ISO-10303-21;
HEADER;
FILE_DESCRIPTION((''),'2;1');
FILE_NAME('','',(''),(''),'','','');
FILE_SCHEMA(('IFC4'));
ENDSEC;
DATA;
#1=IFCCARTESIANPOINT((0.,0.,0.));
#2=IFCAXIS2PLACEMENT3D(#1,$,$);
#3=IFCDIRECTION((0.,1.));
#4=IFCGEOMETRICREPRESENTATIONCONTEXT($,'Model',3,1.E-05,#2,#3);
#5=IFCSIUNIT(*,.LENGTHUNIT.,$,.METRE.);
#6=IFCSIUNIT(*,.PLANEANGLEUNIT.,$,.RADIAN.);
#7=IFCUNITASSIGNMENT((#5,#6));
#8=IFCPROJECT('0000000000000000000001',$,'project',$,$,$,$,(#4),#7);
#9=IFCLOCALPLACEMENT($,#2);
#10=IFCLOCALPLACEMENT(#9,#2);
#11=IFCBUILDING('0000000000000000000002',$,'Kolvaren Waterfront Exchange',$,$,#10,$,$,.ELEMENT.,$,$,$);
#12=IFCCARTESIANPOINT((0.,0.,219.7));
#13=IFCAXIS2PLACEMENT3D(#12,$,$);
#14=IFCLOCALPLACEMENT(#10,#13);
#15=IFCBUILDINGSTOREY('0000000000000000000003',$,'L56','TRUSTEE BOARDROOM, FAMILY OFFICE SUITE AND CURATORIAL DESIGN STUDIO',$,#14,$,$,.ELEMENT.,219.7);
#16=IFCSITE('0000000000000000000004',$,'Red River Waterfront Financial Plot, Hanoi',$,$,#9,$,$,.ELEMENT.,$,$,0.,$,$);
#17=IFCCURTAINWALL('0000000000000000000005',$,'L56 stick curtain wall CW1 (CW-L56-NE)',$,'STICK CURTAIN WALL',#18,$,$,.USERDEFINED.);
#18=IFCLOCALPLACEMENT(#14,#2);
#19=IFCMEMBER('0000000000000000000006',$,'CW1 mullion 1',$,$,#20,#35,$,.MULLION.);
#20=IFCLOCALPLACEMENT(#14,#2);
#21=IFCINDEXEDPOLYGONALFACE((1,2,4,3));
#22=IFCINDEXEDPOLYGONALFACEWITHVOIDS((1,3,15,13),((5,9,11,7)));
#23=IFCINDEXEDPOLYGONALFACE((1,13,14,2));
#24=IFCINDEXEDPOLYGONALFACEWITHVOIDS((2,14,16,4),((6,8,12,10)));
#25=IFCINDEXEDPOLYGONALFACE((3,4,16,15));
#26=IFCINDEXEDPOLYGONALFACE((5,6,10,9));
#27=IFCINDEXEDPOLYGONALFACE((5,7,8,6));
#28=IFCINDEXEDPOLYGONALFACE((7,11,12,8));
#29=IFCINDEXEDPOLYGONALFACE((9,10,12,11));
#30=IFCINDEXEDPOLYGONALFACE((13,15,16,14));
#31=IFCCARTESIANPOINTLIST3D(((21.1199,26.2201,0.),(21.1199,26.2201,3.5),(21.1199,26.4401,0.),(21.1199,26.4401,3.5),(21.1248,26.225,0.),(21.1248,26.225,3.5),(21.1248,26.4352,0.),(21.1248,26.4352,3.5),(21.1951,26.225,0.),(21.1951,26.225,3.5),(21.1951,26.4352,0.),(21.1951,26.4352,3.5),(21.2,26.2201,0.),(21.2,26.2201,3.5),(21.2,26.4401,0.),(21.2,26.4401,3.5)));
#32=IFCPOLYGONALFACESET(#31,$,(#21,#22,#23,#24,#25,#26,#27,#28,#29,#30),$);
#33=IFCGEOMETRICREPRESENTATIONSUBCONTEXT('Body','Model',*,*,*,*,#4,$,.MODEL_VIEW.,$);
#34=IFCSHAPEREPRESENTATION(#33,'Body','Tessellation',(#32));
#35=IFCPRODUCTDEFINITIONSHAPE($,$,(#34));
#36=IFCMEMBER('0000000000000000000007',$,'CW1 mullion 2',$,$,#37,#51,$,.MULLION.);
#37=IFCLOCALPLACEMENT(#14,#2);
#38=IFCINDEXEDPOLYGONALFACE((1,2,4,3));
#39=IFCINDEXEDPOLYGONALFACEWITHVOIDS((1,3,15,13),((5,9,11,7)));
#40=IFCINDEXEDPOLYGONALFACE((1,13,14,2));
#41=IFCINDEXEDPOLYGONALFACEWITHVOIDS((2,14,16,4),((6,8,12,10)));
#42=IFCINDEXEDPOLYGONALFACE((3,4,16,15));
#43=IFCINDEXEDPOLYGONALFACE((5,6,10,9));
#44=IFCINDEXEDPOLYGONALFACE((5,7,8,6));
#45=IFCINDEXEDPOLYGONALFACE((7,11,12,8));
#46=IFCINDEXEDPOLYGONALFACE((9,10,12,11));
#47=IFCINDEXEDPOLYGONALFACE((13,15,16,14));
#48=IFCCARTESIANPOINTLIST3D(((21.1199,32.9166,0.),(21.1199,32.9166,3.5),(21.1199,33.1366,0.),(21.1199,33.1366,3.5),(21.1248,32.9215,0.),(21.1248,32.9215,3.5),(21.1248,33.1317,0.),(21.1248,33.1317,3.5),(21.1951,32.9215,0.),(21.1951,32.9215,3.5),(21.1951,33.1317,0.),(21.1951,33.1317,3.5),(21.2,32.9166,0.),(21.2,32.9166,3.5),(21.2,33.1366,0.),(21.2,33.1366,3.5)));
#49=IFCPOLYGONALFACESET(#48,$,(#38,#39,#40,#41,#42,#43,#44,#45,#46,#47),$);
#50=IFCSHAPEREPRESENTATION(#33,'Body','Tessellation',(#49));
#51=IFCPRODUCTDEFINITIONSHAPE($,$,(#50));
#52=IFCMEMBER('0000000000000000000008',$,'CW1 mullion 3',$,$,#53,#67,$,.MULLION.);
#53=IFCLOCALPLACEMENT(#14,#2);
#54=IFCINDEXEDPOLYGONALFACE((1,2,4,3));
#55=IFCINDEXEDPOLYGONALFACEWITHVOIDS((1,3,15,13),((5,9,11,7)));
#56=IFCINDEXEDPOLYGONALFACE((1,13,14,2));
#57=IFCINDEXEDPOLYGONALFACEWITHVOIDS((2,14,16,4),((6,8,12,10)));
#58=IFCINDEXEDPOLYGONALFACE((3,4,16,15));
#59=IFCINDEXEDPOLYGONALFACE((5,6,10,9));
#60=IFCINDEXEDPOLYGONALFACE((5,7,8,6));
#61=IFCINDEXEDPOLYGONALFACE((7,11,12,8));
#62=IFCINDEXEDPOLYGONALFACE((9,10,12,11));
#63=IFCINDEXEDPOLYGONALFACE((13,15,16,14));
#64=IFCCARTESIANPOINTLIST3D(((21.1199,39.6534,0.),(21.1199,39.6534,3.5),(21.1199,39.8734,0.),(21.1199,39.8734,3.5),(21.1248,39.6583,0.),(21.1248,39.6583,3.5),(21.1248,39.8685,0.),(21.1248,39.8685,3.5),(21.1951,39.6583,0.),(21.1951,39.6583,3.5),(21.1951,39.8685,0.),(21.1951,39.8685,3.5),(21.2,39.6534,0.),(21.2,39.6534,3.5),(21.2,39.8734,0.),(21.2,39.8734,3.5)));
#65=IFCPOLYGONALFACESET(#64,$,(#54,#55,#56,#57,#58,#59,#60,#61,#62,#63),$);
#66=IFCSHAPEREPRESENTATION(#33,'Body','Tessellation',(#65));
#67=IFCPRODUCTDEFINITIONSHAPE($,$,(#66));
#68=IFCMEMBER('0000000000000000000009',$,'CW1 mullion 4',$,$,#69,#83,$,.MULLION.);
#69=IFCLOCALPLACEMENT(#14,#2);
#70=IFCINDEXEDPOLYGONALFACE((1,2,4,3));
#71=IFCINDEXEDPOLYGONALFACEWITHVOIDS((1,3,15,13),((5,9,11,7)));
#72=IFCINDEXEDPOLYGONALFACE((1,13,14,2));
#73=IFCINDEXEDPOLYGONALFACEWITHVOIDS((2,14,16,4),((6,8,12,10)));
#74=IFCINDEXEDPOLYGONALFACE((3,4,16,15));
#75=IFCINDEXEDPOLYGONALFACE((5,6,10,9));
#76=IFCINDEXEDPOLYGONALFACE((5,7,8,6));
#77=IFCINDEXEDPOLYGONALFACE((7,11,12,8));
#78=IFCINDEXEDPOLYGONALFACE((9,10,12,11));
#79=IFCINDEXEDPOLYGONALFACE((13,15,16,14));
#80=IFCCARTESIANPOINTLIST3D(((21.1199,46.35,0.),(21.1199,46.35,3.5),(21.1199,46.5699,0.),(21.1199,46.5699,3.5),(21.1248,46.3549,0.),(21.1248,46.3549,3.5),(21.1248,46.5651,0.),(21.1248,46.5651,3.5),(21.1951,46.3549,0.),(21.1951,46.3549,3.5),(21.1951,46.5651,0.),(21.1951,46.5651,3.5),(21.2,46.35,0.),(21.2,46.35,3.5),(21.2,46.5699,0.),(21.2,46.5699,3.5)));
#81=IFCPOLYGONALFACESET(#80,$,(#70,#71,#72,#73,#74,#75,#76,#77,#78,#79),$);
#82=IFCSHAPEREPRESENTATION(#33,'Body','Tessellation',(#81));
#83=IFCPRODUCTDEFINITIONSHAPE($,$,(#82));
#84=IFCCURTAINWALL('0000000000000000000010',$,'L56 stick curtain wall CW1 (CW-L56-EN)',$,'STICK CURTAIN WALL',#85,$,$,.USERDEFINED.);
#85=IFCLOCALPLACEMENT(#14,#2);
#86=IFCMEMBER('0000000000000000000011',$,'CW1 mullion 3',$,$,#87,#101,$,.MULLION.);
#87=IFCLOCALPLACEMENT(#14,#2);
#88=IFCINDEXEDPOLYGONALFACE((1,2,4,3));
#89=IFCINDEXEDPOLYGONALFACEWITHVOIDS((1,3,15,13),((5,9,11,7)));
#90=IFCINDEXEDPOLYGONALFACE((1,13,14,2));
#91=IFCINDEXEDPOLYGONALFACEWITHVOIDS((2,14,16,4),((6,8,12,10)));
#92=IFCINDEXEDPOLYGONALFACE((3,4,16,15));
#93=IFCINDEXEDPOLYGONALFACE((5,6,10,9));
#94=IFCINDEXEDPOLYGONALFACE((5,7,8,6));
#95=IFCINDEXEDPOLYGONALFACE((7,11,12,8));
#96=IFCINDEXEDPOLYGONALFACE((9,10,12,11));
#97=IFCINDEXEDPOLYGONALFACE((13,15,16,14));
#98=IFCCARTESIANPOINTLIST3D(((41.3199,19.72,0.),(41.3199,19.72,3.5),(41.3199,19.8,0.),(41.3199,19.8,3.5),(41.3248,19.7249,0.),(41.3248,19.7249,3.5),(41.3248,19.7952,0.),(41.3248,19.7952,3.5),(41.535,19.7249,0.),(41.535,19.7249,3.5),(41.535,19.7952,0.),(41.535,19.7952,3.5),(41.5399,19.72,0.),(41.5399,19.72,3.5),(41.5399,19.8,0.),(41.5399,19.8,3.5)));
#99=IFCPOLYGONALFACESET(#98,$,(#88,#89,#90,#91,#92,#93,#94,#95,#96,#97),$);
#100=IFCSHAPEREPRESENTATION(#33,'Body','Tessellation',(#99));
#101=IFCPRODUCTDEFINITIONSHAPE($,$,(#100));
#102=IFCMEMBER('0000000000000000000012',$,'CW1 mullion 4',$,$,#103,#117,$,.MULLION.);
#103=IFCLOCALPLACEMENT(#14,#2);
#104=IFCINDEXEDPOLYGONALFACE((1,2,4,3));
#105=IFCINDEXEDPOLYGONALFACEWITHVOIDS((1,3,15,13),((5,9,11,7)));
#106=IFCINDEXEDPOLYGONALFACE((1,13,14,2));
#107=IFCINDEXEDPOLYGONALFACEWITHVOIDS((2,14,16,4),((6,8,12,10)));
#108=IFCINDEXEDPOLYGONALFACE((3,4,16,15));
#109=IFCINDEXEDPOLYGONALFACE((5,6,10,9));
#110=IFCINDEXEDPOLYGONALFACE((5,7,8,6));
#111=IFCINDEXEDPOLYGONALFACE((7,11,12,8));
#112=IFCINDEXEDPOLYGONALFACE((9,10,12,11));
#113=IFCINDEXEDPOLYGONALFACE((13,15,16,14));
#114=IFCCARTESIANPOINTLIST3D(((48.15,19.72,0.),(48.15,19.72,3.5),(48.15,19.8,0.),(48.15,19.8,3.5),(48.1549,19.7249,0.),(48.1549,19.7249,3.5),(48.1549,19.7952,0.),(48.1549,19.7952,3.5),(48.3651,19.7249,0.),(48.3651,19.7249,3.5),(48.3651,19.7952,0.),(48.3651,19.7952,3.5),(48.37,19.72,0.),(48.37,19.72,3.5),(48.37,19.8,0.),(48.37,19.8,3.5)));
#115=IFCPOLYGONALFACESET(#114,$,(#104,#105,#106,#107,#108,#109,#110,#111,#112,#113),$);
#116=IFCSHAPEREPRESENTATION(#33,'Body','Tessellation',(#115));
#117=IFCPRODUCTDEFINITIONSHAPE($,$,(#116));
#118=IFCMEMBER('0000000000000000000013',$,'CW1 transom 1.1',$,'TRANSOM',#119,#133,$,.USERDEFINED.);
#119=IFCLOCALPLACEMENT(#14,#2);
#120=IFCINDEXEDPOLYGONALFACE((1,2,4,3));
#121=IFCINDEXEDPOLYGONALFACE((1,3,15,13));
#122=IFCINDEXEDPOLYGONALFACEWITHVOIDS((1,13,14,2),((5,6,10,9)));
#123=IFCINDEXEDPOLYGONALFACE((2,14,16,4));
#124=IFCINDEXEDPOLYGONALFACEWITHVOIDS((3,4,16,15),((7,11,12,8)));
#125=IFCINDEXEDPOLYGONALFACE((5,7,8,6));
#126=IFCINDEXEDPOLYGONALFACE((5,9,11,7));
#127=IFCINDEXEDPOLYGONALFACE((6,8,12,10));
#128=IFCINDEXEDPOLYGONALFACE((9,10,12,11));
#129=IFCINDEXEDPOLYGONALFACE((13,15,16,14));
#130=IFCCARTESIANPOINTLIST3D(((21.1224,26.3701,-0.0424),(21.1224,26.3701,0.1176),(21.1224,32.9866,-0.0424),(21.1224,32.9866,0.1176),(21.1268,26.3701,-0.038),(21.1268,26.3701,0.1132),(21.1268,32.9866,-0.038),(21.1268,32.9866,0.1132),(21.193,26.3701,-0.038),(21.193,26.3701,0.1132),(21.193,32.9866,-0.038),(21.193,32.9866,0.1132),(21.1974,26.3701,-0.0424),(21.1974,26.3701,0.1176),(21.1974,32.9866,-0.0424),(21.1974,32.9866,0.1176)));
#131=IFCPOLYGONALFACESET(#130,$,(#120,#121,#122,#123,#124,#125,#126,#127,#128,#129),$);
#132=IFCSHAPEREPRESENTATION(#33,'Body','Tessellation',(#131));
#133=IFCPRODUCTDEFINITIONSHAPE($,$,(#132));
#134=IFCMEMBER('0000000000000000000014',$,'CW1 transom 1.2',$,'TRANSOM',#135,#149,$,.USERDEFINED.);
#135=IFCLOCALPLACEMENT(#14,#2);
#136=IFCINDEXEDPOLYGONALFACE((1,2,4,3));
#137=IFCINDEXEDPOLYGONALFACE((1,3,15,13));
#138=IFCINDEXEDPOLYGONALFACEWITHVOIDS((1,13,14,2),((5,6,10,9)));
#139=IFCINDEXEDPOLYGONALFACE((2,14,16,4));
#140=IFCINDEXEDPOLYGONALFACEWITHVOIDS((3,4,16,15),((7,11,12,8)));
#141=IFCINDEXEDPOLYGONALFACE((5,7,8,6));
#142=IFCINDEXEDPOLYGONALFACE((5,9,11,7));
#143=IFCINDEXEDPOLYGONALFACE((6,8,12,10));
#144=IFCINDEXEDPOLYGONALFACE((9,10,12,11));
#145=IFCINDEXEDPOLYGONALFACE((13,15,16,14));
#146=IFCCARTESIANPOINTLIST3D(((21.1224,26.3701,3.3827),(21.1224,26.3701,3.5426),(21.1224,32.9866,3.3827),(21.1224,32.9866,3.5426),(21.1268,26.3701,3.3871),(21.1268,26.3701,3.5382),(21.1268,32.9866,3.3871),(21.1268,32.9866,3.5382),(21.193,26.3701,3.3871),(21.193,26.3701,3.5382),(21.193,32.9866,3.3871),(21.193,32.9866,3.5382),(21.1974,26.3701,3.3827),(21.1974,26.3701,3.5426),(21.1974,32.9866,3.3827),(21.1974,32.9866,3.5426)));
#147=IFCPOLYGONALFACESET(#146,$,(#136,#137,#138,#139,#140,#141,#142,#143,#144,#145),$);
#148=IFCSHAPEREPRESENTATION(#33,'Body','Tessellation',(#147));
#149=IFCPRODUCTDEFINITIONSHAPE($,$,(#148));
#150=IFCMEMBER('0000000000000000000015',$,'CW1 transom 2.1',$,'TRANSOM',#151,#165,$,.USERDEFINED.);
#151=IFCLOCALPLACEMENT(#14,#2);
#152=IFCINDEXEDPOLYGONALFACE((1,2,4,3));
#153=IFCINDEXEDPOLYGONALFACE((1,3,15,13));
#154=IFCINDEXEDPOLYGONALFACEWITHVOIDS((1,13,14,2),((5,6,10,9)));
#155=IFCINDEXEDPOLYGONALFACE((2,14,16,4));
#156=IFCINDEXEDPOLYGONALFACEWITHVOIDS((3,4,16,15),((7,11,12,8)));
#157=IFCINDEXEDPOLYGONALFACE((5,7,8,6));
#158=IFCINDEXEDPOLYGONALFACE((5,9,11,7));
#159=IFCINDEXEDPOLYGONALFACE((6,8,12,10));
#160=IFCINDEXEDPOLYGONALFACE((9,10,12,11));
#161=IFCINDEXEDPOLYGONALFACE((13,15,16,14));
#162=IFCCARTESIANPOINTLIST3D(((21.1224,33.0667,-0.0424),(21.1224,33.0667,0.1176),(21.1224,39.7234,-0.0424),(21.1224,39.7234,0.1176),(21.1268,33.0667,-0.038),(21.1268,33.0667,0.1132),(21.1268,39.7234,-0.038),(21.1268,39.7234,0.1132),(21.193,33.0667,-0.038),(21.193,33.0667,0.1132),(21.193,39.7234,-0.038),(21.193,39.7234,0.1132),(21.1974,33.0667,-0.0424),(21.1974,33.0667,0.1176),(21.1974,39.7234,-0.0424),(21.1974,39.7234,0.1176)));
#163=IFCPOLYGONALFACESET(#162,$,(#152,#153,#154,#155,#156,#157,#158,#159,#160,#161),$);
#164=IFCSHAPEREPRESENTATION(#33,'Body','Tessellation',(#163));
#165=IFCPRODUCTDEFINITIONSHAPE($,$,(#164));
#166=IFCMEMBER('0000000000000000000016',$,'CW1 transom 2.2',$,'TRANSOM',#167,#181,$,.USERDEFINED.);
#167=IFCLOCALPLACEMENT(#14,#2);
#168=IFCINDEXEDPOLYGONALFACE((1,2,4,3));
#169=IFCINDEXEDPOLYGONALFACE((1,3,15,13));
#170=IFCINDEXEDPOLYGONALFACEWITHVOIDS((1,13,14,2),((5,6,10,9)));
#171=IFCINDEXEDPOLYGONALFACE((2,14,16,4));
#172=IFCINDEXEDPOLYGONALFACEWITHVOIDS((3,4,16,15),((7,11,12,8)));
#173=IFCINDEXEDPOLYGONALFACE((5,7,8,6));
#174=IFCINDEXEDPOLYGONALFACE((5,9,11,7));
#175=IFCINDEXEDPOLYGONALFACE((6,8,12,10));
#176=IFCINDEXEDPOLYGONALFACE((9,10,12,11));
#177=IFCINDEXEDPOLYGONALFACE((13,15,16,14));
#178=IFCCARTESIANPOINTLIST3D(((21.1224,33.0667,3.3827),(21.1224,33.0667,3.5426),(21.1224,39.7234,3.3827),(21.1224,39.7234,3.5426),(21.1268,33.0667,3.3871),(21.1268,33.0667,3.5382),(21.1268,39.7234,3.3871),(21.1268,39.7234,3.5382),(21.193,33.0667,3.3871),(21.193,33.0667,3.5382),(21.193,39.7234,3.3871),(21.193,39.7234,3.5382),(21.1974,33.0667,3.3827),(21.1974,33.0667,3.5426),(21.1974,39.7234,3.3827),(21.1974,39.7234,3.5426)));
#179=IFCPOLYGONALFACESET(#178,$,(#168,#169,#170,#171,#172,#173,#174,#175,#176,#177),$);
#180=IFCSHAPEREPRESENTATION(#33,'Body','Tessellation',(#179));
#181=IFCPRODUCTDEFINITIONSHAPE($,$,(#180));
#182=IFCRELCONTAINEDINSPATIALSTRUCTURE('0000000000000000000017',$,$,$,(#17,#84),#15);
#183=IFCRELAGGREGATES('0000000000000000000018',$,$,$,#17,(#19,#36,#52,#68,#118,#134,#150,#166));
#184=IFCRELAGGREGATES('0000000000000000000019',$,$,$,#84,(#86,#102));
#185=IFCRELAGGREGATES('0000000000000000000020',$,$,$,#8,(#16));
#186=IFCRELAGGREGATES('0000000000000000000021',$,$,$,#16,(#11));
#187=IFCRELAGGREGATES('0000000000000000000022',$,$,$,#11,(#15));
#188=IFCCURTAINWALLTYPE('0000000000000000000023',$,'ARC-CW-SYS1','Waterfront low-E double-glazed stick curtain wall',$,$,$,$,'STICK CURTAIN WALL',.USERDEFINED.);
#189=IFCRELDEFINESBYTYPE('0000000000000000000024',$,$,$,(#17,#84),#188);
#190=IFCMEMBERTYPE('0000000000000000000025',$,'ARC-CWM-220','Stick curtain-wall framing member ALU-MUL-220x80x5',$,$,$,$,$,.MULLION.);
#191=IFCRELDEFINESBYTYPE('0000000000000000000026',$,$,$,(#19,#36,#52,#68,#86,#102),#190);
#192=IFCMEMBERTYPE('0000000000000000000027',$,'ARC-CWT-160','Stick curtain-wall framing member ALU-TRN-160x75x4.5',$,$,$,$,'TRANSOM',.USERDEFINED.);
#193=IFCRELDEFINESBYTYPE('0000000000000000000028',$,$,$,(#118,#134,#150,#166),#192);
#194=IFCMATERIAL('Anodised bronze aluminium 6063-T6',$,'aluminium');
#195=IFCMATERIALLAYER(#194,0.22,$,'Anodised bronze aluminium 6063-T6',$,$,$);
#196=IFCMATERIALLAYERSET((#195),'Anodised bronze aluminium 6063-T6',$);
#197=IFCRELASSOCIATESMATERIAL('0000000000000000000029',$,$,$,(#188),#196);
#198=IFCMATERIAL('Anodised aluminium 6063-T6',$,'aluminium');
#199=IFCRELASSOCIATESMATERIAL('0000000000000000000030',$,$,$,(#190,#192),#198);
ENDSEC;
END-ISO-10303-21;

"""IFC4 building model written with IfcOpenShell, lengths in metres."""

from ifc_helpers import new_model, si_unit, direction, frame, origin, origin_with_axes, origin_2d, place, context, subcontext, project, spatial, hollow_rectangle, extrude, source, transform, mapped, material, layer, layer_set, material_profile, profile_set, type_object, element, aggregate, save


model = new_model("IFC4")

# Units and contexts
model_context = context("Model", 3, precision=1e-05, world=origin(), true_north=direction((0.0, 1.0)))
body_context = subcontext(model_context, "Body", "Model", "MODEL_VIEW")
ifc_project = project(units=[si_unit("LENGTHUNIT", "METRE"), si_unit("PLANEANGLEUNIT", "RADIAN")], contexts=[model_context])

# Site, building, storey
site_placement = place(None, origin())
site = spatial("IfcSite", under=ifc_project, at=site_placement, Name="Red River Waterfront Financial Plot, Hanoi", CompositionType="ELEMENT", RefElevation=0.0)
building_placement = place(site_placement, origin())
building = spatial("IfcBuilding", under=site, at=building_placement, Name="Kolvaren Waterfront Exchange", CompositionType="ELEMENT")
storey_placement = place(building_placement, frame((0.0, 0.0, 219.7)))
storey = spatial("IfcBuildingStorey", under=building, at=storey_placement, Name="L56", Description="TRUSTEE BOARDROOM, FAMILY OFFICE SUITE AND CURATORIAL DESIGN STUDIO", CompositionType="ELEMENT", Elevation=219.7)

# Curtain walls, members
ifc_material_1 = material(Name="Anodised bronze aluminium 6063-T6", Category="aluminium")
ifc_layer_1 = layer(ifc_material_1, 0.22, Name="Anodised bronze aluminium 6063-T6")
ifc_layer_set_1 = layer_set([ifc_layer_1], Name="Anodised bronze aluminium 6063-T6")
curtain_wall_type = type_object("IfcCurtainWallType", Name="ARC-CW-SYS1", Description="Waterfront low-E double-glazed stick curtain wall", ElementType="STICK CURTAIN WALL", PredefinedType="USERDEFINED", material=ifc_layer_set_1)
curtain_wall_1_placement = place(storey_placement, origin())
curtain_wall_1 = element("IfcCurtainWall", 1, at=curtain_wall_1_placement, inside=storey, type_object=curtain_wall_type, Name="L56 stick curtain wall CW1 (CW-L56-NE)", ObjectType="STICK CURTAIN WALL", PredefinedType="USERDEFINED")
ifc_material_2 = material(Name="Anodised aluminium 6063-T6", Category="aluminium")
ifc_material_profile_1 = material_profile(ifc_material_2, hollow_rectangle(XDim=0.0801, YDim=0.22, WallThickness=0.0049, at=origin_2d()), Name="ALU-MUL-220x80x5")
ifc_profile_set_1 = profile_set([ifc_material_profile_1], Name="Anodised aluminium 6063-T6")
member_type_1 = type_object("IfcMemberType", Name="ARC-CWM-220", Description="Stick curtain-wall framing member ALU-MUL-220x80x5", PredefinedType="MULLION", material=ifc_profile_set_1)
shared_shape_1 = source(origin_with_axes(), body_context, "Body", "SweptSolid", [
    extrude(hollow_rectangle(XDim=0.0801, YDim=0.22, WallThickness=0.0049, at=origin_2d()), origin(), (0.0, 0.0, 1.0), 3.5),
])
member_1_placement = place(storey_placement, frame((21.1599, 26.3301, 0.0), z_axis=(0.0, 0.0, 1.0), x_axis=(-1.0, 0.0, 0.0)))
member_1 = element("IfcMember", 2, at=member_1_placement, type_object=member_type_1, Name="CW1 mullion 1", PredefinedType="MULLION", context=body_context, shape_type="MappedRepresentation", body=[
    mapped(shared_shape_1, transform((0.0, 0.0, 0.0), x_axis=(1.0, 0.0, 0.0), y_axis=(0.0, 1.0, 0.0), z_axis=(0.0, 0.0, 1.0), scale=1.0)),
])
member_2_placement = place(storey_placement, frame((21.1599, 33.0266, 0.0), z_axis=(0.0, 0.0, 1.0), x_axis=(-1.0, 0.0, 0.0)))
member_2 = element("IfcMember", 3, at=member_2_placement, type_object=member_type_1, Name="CW1 mullion 2", PredefinedType="MULLION", context=body_context, shape_type="MappedRepresentation", body=[
    mapped(shared_shape_1, transform((0.0, 0.0, 0.0), x_axis=(1.0, 0.0, 0.0), y_axis=(0.0, 1.0, 0.0), z_axis=(0.0, 0.0, 1.0), scale=1.0)),
])
member_3_placement = place(storey_placement, frame((21.1599, 39.7634, 0.0), z_axis=(0.0, 0.0, 1.0), x_axis=(-1.0, 0.0, 0.0)))
member_3 = element("IfcMember", 4, at=member_3_placement, type_object=member_type_1, Name="CW1 mullion 3", PredefinedType="MULLION", context=body_context, shape_type="MappedRepresentation", body=[
    mapped(shared_shape_1, transform((0.0, 0.0, 0.0), x_axis=(1.0, 0.0, 0.0), y_axis=(0.0, 1.0, 0.0), z_axis=(0.0, 0.0, 1.0), scale=1.0)),
])
member_4_placement = place(storey_placement, frame((21.1599, 46.46, 0.0), z_axis=(0.0, 0.0, 1.0), x_axis=(-1.0, 0.0, 0.0)))
member_4 = element("IfcMember", 5, at=member_4_placement, type_object=member_type_1, Name="CW1 mullion 4", PredefinedType="MULLION", context=body_context, shape_type="MappedRepresentation", body=[
    mapped(shared_shape_1, transform((0.0, 0.0, 0.0), x_axis=(1.0, 0.0, 0.0), y_axis=(0.0, 1.0, 0.0), z_axis=(0.0, 0.0, 1.0), scale=1.0)),
])
curtain_wall_2_placement = place(storey_placement, origin())
curtain_wall_2 = element("IfcCurtainWall", 6, at=curtain_wall_2_placement, inside=storey, type_object=curtain_wall_type, Name="L56 stick curtain wall CW1 (CW-L56-EN)", ObjectType="STICK CURTAIN WALL", PredefinedType="USERDEFINED")
member_5_placement = place(storey_placement, frame((41.4299, 19.76, 0.0), z_axis=(0.0, 0.0, 1.0), x_axis=(0.0, 1.0, 0.0)))
member_5 = element("IfcMember", 7, at=member_5_placement, type_object=member_type_1, Name="CW1 mullion 3", PredefinedType="MULLION", context=body_context, shape_type="MappedRepresentation", body=[
    mapped(shared_shape_1, transform((0.0, 0.0, 0.0), x_axis=(1.0, 0.0, 0.0), y_axis=(0.0, 1.0, 0.0), z_axis=(0.0, 0.0, 1.0), scale=1.0)),
])
member_6_placement = place(storey_placement, frame((48.26, 19.76, 0.0), z_axis=(0.0, 0.0, 1.0), x_axis=(0.0, 1.0, 0.0)))
member_6 = element("IfcMember", 8, at=member_6_placement, type_object=member_type_1, Name="CW1 mullion 4", PredefinedType="MULLION", context=body_context, shape_type="MappedRepresentation", body=[
    mapped(shared_shape_1, transform((0.0, 0.0, 0.0), x_axis=(1.0, 0.0, 0.0), y_axis=(0.0, 1.0, 0.0), z_axis=(0.0, 0.0, 1.0), scale=1.0)),
])

# Members
ifc_material_profile_2 = material_profile(ifc_material_2, hollow_rectangle(XDim=0.075, YDim=0.1599, WallThickness=0.0044, at=origin_2d()), Name="ALU-TRN-160x75x4.5")
ifc_profile_set_2 = profile_set([ifc_material_profile_2], Name="Anodised aluminium 6063-T6")
member_type_2 = type_object("IfcMemberType", Name="ARC-CWT-160", Description="Stick curtain-wall framing member ALU-TRN-160x75x4.5", ElementType="TRANSOM", PredefinedType="USERDEFINED", material=ifc_profile_set_2)
shared_shape_2 = source(origin_with_axes(), body_context, "Body", "SweptSolid", [
    extrude(hollow_rectangle(XDim=0.075, YDim=0.1599, WallThickness=0.0044, at=origin_2d()), origin(), (0.0, 0.0, 1.0), 6.6165),
])
member_7_placement = place(storey_placement, frame((21.1599, 26.3701, 0.0376), z_axis=(0.0, 1.0, 0.0), x_axis=(-1.0, 0.0, 0.0)))
member_7 = element("IfcMember", 9, at=member_7_placement, type_object=member_type_2, Name="CW1 transom 1.1", ObjectType="TRANSOM", PredefinedType="USERDEFINED", context=body_context, shape_type="MappedRepresentation", body=[
    mapped(shared_shape_2, transform((0.0, 0.0, 0.0), x_axis=(1.0, 0.0, 0.0), y_axis=(0.0, 1.0, 0.0), z_axis=(0.0, 0.0, 1.0), scale=1.0)),
])
member_8_placement = place(storey_placement, frame((21.1599, 26.3701, 3.4626), z_axis=(0.0, 1.0, 0.0), x_axis=(-1.0, 0.0, 0.0)))
member_8 = element("IfcMember", 10, at=member_8_placement, type_object=member_type_2, Name="CW1 transom 1.2", ObjectType="TRANSOM", PredefinedType="USERDEFINED", context=body_context, shape_type="MappedRepresentation", body=[
    mapped(shared_shape_2, transform((0.0, 0.0, 0.0), x_axis=(1.0, 0.0, 0.0), y_axis=(0.0, 1.0, 0.0), z_axis=(0.0, 0.0, 1.0), scale=1.0)),
])
shared_shape_3 = source(origin_with_axes(), body_context, "Body", "SweptSolid", [
    extrude(hollow_rectangle(XDim=0.075, YDim=0.1599, WallThickness=0.0044, at=origin_2d()), origin(), (0.0, 0.0, 1.0), 6.6567),
])
member_9_placement = place(storey_placement, frame((21.1599, 33.0667, 0.0376), z_axis=(0.0, 1.0, 0.0), x_axis=(-1.0, 0.0, 0.0)))
member_9 = element("IfcMember", 11, at=member_9_placement, type_object=member_type_2, Name="CW1 transom 2.1", ObjectType="TRANSOM", PredefinedType="USERDEFINED", context=body_context, shape_type="MappedRepresentation", body=[
    mapped(shared_shape_3, transform((0.0, 0.0, 0.0), x_axis=(1.0, 0.0, 0.0), y_axis=(0.0, 1.0, 0.0), z_axis=(0.0, 0.0, 1.0), scale=1.0)),
])
member_10_placement = place(storey_placement, frame((21.1599, 33.0667, 3.4626), z_axis=(0.0, 1.0, 0.0), x_axis=(-1.0, 0.0, 0.0)))
member_10 = element("IfcMember", 12, at=member_10_placement, type_object=member_type_2, Name="CW1 transom 2.2", ObjectType="TRANSOM", PredefinedType="USERDEFINED", context=body_context, shape_type="MappedRepresentation", body=[
    mapped(shared_shape_3, transform((0.0, 0.0, 0.0), x_axis=(1.0, 0.0, 0.0), y_axis=(0.0, 1.0, 0.0), z_axis=(0.0, 0.0, 1.0), scale=1.0)),
])

aggregate(curtain_wall_1, [member_1, member_2, member_3, member_4, member_7, member_8, member_9, member_10])
aggregate(curtain_wall_2, [member_5, member_6])

save(model, "model.ifc")
